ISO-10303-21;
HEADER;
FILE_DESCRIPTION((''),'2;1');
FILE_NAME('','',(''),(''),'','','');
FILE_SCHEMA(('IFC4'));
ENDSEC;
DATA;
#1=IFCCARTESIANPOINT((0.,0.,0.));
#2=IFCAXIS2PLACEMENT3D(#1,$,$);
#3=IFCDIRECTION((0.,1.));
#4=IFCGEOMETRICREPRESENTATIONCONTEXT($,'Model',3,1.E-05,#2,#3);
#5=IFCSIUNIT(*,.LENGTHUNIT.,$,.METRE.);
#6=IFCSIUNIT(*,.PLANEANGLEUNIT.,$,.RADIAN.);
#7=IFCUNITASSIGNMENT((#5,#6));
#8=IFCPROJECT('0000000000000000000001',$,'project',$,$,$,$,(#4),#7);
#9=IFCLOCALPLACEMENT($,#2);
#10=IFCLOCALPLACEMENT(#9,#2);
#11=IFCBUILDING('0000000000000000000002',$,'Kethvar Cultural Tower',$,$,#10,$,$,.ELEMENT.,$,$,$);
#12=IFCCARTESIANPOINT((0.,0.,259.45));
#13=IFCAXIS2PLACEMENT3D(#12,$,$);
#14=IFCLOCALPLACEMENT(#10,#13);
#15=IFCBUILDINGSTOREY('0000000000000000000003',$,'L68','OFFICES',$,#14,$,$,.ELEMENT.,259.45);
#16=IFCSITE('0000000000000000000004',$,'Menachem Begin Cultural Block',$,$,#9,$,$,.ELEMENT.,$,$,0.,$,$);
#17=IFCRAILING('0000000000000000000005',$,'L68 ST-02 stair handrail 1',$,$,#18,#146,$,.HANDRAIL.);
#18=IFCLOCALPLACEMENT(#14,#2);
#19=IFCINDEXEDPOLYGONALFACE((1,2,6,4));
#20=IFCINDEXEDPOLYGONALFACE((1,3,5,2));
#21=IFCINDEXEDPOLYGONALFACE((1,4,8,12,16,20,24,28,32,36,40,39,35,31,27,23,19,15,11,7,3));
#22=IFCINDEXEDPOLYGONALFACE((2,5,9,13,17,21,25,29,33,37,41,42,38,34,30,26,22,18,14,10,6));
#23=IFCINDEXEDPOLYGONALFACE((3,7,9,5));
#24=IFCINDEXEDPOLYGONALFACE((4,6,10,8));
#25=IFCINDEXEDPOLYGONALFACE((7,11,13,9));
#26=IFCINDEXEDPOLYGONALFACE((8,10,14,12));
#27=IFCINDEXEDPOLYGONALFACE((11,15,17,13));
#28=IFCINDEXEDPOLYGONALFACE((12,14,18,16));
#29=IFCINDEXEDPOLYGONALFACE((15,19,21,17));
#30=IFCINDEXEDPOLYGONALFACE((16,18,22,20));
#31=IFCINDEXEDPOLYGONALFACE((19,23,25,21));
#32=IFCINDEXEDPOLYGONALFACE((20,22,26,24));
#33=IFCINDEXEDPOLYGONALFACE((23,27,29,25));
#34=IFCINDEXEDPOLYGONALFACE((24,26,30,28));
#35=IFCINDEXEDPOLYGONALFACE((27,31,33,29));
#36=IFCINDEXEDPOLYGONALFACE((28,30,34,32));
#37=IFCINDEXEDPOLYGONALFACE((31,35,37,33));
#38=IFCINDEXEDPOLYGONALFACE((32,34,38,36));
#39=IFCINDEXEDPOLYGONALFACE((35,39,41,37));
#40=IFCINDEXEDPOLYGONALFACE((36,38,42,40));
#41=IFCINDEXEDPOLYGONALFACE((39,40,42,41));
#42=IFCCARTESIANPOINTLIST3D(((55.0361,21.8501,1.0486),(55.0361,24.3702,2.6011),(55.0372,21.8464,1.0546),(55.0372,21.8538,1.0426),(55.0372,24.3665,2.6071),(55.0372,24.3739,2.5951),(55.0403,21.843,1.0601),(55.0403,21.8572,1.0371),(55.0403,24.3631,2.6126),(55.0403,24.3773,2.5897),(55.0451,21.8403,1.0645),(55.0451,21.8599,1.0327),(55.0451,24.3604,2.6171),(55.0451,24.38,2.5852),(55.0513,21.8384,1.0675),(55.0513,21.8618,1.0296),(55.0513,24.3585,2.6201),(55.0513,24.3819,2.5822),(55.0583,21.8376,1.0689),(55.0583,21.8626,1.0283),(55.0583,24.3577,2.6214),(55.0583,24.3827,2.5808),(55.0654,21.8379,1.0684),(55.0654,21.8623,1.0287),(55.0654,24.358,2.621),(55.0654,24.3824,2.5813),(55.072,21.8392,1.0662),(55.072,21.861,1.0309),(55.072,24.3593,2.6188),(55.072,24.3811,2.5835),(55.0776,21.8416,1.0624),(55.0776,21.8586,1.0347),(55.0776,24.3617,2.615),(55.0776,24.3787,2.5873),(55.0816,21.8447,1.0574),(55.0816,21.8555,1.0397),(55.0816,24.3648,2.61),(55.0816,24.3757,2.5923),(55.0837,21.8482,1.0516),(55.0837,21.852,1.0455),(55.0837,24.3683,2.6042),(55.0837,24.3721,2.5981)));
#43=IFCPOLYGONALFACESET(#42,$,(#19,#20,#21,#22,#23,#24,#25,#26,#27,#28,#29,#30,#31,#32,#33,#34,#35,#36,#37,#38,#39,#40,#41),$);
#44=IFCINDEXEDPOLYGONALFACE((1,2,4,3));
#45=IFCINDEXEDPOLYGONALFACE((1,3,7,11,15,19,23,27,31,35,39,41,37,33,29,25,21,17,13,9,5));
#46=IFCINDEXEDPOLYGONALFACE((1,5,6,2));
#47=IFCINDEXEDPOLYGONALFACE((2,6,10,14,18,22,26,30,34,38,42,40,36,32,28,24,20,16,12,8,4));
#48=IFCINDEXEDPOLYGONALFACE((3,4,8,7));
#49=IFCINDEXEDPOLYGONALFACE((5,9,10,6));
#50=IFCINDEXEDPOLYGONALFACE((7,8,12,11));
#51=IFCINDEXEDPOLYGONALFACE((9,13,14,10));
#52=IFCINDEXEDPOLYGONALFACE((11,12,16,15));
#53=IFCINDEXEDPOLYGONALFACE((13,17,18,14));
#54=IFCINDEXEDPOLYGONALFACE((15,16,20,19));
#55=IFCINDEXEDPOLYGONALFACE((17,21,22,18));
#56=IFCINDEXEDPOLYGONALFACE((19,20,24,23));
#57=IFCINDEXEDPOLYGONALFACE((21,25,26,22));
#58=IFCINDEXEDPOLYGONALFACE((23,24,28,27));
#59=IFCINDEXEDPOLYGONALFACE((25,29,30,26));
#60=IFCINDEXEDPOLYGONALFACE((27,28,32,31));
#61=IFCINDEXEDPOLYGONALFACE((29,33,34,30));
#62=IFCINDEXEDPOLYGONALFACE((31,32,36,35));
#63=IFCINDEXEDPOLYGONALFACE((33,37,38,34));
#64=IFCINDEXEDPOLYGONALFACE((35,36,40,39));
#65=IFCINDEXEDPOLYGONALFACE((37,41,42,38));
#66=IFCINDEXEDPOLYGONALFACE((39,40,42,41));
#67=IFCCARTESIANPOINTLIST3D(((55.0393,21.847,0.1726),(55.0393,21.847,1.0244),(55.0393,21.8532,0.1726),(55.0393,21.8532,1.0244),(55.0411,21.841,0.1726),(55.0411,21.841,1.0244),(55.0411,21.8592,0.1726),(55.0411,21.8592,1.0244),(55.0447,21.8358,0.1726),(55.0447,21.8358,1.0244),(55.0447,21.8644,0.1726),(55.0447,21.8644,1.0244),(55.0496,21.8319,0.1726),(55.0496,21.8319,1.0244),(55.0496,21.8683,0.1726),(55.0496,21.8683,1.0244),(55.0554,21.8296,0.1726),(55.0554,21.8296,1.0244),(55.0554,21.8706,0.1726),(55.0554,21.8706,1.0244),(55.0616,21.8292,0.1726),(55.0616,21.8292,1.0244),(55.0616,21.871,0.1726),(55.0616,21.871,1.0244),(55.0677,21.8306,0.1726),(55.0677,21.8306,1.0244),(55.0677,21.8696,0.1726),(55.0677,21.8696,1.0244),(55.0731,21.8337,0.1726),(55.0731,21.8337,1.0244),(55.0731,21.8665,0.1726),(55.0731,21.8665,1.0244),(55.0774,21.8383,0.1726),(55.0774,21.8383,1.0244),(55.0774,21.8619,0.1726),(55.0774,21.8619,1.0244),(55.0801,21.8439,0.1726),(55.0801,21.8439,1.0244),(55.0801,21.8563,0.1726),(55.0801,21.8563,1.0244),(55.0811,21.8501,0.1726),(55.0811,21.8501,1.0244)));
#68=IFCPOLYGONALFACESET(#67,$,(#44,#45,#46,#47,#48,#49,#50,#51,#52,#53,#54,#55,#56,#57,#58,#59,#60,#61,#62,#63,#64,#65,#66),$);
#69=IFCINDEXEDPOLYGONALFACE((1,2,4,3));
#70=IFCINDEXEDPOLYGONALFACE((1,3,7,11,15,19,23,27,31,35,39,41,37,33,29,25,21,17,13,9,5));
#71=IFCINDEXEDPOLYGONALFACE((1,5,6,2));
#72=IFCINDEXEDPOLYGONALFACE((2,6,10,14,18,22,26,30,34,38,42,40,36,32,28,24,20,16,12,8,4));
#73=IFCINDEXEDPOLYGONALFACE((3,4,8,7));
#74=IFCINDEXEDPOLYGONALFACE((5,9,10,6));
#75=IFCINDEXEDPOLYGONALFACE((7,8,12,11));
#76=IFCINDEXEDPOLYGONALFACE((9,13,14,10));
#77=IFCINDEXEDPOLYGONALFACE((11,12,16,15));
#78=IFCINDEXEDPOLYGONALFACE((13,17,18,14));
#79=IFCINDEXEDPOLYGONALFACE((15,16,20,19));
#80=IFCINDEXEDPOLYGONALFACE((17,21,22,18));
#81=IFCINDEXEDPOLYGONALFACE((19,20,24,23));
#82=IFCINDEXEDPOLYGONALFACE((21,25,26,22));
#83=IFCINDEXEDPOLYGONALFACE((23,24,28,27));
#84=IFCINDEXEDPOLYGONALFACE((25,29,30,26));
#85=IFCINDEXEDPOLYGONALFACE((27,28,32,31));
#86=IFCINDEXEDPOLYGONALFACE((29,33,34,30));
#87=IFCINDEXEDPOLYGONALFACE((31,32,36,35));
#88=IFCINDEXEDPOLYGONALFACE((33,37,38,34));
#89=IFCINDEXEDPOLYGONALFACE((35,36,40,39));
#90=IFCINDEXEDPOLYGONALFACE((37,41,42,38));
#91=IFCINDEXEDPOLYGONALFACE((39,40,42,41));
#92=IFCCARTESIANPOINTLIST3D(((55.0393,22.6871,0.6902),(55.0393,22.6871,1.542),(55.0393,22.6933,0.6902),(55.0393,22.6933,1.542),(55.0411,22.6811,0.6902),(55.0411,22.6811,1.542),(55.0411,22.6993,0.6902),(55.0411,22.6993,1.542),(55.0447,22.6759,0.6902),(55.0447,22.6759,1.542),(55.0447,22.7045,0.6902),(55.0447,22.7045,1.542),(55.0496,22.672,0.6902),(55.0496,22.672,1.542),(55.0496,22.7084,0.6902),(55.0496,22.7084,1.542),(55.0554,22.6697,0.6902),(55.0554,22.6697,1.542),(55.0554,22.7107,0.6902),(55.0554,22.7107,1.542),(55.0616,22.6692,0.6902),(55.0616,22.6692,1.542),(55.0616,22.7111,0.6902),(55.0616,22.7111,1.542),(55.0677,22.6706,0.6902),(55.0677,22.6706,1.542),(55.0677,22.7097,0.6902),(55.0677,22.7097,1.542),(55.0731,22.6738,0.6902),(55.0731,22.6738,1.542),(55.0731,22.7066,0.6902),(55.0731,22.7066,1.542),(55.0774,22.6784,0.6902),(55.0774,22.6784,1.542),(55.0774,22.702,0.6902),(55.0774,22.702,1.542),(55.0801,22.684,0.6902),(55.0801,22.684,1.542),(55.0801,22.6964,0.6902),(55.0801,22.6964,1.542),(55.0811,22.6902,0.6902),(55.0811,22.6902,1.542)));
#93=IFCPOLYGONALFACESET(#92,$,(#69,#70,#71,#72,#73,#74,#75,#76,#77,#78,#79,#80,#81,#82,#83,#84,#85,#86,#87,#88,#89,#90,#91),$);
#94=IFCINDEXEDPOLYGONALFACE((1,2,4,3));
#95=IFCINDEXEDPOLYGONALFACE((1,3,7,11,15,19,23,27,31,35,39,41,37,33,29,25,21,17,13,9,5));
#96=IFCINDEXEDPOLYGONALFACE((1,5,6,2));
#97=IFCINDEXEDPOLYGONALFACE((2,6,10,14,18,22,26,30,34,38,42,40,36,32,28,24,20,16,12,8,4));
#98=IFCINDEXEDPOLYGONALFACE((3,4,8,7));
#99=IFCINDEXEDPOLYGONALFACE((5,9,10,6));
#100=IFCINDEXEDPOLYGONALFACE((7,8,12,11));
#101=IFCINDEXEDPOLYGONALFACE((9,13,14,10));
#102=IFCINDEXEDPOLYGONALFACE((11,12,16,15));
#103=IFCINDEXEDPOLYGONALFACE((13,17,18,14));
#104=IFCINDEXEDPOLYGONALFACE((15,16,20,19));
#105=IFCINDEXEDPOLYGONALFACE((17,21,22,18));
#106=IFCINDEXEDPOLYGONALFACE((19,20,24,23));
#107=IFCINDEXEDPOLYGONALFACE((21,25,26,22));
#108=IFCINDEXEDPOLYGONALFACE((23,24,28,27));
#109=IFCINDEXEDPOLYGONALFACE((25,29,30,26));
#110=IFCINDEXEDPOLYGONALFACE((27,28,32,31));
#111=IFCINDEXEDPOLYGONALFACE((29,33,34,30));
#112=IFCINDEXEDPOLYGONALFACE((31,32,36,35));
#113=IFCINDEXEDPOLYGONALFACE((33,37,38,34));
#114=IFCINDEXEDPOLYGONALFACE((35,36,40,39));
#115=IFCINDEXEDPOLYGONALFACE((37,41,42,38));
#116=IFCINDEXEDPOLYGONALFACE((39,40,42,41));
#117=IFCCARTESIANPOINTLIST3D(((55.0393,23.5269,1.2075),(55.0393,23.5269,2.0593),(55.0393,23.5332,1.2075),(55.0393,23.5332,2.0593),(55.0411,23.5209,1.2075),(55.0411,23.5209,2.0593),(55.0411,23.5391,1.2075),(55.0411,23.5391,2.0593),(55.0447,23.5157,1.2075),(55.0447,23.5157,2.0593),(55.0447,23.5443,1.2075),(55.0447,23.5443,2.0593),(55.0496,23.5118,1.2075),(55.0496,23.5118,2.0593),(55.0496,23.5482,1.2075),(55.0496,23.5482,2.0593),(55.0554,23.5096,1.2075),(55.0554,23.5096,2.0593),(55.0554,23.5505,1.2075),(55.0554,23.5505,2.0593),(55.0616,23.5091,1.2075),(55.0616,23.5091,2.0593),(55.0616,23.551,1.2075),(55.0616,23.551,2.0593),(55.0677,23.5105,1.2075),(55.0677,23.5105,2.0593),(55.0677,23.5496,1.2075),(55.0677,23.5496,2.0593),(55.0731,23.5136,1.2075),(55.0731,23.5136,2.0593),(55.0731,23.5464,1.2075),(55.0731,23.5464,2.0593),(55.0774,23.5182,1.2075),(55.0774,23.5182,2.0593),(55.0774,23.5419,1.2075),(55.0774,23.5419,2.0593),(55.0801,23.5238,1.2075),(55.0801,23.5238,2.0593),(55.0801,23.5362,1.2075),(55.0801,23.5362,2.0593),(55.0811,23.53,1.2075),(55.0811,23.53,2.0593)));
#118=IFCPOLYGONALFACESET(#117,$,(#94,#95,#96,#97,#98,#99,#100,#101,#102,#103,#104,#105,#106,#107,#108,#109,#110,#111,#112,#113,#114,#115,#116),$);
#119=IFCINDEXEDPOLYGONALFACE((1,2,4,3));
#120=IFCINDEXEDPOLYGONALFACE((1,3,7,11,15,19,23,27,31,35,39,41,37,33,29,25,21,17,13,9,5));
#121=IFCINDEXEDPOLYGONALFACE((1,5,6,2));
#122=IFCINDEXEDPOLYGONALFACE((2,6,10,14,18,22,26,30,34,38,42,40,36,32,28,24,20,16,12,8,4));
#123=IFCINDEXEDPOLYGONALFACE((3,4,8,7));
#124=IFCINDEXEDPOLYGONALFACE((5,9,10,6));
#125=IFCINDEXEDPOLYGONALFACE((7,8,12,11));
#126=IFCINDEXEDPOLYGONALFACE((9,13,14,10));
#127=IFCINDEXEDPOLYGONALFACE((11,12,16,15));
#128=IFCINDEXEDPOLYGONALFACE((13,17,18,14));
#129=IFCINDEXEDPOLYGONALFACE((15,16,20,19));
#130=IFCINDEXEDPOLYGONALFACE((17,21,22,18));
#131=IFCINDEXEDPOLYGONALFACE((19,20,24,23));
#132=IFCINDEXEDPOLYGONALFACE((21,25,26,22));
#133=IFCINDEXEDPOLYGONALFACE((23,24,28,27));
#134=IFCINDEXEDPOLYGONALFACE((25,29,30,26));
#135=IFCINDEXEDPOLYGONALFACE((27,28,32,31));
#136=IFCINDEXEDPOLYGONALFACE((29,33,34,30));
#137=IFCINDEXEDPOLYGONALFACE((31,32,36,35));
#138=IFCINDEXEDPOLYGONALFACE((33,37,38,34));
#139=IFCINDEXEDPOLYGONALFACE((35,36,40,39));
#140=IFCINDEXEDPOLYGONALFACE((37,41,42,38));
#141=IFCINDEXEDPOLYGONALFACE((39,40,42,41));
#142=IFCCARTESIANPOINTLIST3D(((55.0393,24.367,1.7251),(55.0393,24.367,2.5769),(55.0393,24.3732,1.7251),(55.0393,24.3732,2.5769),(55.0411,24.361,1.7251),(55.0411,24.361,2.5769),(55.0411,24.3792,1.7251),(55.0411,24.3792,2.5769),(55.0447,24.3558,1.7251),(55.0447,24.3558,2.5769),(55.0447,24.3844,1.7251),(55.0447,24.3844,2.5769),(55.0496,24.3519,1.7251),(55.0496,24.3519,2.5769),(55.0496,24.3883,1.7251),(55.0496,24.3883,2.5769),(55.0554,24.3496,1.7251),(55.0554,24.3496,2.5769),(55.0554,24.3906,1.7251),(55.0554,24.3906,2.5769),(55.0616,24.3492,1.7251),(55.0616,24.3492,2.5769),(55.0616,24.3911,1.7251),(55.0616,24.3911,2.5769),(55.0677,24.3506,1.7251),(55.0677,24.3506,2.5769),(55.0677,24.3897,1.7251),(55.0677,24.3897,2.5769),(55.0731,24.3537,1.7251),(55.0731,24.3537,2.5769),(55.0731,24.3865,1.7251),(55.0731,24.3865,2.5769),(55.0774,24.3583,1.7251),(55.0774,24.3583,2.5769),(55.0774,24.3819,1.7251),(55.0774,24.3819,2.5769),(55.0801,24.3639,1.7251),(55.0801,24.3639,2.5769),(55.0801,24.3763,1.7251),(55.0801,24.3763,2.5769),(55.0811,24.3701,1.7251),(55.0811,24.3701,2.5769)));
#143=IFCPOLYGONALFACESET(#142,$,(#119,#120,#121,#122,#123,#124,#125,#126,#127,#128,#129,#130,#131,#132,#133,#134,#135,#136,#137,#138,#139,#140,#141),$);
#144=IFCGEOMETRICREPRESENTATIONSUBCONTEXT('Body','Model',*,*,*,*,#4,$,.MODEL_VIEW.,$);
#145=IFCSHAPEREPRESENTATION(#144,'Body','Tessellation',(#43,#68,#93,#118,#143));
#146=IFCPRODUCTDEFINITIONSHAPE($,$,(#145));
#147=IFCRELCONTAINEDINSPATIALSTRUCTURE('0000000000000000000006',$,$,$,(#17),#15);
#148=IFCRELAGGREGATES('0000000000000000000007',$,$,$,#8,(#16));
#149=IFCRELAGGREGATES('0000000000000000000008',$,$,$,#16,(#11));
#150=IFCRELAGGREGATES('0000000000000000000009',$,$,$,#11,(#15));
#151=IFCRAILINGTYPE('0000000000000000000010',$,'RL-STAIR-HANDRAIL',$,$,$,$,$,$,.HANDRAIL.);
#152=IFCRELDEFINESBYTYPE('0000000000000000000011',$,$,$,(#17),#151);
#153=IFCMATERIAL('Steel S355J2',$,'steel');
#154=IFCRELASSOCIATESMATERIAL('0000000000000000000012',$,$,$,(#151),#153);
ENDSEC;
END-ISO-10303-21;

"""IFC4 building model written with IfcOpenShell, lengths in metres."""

from ifc_helpers import new_model, si_unit, direction, frame, origin, origin_2d, place, context, subcontext, project, spatial, circle, extrude, material, type_object, element, save


model = new_model("IFC4")

# Units and contexts
model_context = context("Model", 3, precision=1e-05, world=origin(), true_north=direction((0.0, 1.0)))
body_context = subcontext(model_context, "Body", "Model", "MODEL_VIEW")
ifc_project = project(units=[si_unit("LENGTHUNIT", "METRE"), si_unit("PLANEANGLEUNIT", "RADIAN")], contexts=[model_context])

# Site, building, storey
site_placement = place(None, origin())
site = spatial("IfcSite", under=ifc_project, at=site_placement, Name="Menachem Begin Cultural Block", CompositionType="ELEMENT", RefElevation=0.0)
building_placement = place(site_placement, origin())
building = spatial("IfcBuilding", under=site, at=building_placement, Name="Kethvar Cultural Tower", CompositionType="ELEMENT")
storey_placement = place(building_placement, frame((0.0, 0.0, 259.45)))
storey = spatial("IfcBuildingStorey", under=building, at=storey_placement, Name="L68", Description="OFFICES", CompositionType="ELEMENT", Elevation=259.45)

# Shared definitions
ifc_material_1 = material(Name="Steel S355J2", Category="steel")

# Railing
railing_type_1 = type_object("IfcRailingType", Name="RL-STAIR-HANDRAIL", PredefinedType="HANDRAIL", material=ifc_material_1)
railing_1_placement = place(storey_placement, frame((55.0601, 21.8501, 0.1726)))
element("IfcRailing", 1, at=railing_1_placement, inside=storey, type_object=railing_type_1, Name="L68 ST-02 stair handrail 1", PredefinedType="HANDRAIL", context=body_context, shape_type="SweptSolid", body=[
    extrude(circle(Radius=0.0239, at=origin_2d()), frame((0.0, 0.0, 0.876), z_axis=(0.0, 0.8514, 0.524516), x_axis=(-1.0, 0.0, 0.0)), (0.0, 0.0, 1.0), 2.96),
    extrude(circle(Radius=0.021, at=origin_2d()), origin(), (0.0, 0.0, 1.0), 0.8518),
    extrude(circle(Radius=0.021, at=origin_2d()), frame((0.0, 0.8401, 0.5176)), (0.0, 0.0, 1.0), 0.8518),
    extrude(circle(Radius=0.021, at=origin_2d()), frame((0.0, 1.6799, 1.0349)), (0.0, 0.0, 1.0), 0.8518),
    extrude(circle(Radius=0.021, at=origin_2d()), frame((0.0, 2.52, 1.5525)), (0.0, 0.0, 1.0), 0.8518),
])

save(model, "model.ifc")
